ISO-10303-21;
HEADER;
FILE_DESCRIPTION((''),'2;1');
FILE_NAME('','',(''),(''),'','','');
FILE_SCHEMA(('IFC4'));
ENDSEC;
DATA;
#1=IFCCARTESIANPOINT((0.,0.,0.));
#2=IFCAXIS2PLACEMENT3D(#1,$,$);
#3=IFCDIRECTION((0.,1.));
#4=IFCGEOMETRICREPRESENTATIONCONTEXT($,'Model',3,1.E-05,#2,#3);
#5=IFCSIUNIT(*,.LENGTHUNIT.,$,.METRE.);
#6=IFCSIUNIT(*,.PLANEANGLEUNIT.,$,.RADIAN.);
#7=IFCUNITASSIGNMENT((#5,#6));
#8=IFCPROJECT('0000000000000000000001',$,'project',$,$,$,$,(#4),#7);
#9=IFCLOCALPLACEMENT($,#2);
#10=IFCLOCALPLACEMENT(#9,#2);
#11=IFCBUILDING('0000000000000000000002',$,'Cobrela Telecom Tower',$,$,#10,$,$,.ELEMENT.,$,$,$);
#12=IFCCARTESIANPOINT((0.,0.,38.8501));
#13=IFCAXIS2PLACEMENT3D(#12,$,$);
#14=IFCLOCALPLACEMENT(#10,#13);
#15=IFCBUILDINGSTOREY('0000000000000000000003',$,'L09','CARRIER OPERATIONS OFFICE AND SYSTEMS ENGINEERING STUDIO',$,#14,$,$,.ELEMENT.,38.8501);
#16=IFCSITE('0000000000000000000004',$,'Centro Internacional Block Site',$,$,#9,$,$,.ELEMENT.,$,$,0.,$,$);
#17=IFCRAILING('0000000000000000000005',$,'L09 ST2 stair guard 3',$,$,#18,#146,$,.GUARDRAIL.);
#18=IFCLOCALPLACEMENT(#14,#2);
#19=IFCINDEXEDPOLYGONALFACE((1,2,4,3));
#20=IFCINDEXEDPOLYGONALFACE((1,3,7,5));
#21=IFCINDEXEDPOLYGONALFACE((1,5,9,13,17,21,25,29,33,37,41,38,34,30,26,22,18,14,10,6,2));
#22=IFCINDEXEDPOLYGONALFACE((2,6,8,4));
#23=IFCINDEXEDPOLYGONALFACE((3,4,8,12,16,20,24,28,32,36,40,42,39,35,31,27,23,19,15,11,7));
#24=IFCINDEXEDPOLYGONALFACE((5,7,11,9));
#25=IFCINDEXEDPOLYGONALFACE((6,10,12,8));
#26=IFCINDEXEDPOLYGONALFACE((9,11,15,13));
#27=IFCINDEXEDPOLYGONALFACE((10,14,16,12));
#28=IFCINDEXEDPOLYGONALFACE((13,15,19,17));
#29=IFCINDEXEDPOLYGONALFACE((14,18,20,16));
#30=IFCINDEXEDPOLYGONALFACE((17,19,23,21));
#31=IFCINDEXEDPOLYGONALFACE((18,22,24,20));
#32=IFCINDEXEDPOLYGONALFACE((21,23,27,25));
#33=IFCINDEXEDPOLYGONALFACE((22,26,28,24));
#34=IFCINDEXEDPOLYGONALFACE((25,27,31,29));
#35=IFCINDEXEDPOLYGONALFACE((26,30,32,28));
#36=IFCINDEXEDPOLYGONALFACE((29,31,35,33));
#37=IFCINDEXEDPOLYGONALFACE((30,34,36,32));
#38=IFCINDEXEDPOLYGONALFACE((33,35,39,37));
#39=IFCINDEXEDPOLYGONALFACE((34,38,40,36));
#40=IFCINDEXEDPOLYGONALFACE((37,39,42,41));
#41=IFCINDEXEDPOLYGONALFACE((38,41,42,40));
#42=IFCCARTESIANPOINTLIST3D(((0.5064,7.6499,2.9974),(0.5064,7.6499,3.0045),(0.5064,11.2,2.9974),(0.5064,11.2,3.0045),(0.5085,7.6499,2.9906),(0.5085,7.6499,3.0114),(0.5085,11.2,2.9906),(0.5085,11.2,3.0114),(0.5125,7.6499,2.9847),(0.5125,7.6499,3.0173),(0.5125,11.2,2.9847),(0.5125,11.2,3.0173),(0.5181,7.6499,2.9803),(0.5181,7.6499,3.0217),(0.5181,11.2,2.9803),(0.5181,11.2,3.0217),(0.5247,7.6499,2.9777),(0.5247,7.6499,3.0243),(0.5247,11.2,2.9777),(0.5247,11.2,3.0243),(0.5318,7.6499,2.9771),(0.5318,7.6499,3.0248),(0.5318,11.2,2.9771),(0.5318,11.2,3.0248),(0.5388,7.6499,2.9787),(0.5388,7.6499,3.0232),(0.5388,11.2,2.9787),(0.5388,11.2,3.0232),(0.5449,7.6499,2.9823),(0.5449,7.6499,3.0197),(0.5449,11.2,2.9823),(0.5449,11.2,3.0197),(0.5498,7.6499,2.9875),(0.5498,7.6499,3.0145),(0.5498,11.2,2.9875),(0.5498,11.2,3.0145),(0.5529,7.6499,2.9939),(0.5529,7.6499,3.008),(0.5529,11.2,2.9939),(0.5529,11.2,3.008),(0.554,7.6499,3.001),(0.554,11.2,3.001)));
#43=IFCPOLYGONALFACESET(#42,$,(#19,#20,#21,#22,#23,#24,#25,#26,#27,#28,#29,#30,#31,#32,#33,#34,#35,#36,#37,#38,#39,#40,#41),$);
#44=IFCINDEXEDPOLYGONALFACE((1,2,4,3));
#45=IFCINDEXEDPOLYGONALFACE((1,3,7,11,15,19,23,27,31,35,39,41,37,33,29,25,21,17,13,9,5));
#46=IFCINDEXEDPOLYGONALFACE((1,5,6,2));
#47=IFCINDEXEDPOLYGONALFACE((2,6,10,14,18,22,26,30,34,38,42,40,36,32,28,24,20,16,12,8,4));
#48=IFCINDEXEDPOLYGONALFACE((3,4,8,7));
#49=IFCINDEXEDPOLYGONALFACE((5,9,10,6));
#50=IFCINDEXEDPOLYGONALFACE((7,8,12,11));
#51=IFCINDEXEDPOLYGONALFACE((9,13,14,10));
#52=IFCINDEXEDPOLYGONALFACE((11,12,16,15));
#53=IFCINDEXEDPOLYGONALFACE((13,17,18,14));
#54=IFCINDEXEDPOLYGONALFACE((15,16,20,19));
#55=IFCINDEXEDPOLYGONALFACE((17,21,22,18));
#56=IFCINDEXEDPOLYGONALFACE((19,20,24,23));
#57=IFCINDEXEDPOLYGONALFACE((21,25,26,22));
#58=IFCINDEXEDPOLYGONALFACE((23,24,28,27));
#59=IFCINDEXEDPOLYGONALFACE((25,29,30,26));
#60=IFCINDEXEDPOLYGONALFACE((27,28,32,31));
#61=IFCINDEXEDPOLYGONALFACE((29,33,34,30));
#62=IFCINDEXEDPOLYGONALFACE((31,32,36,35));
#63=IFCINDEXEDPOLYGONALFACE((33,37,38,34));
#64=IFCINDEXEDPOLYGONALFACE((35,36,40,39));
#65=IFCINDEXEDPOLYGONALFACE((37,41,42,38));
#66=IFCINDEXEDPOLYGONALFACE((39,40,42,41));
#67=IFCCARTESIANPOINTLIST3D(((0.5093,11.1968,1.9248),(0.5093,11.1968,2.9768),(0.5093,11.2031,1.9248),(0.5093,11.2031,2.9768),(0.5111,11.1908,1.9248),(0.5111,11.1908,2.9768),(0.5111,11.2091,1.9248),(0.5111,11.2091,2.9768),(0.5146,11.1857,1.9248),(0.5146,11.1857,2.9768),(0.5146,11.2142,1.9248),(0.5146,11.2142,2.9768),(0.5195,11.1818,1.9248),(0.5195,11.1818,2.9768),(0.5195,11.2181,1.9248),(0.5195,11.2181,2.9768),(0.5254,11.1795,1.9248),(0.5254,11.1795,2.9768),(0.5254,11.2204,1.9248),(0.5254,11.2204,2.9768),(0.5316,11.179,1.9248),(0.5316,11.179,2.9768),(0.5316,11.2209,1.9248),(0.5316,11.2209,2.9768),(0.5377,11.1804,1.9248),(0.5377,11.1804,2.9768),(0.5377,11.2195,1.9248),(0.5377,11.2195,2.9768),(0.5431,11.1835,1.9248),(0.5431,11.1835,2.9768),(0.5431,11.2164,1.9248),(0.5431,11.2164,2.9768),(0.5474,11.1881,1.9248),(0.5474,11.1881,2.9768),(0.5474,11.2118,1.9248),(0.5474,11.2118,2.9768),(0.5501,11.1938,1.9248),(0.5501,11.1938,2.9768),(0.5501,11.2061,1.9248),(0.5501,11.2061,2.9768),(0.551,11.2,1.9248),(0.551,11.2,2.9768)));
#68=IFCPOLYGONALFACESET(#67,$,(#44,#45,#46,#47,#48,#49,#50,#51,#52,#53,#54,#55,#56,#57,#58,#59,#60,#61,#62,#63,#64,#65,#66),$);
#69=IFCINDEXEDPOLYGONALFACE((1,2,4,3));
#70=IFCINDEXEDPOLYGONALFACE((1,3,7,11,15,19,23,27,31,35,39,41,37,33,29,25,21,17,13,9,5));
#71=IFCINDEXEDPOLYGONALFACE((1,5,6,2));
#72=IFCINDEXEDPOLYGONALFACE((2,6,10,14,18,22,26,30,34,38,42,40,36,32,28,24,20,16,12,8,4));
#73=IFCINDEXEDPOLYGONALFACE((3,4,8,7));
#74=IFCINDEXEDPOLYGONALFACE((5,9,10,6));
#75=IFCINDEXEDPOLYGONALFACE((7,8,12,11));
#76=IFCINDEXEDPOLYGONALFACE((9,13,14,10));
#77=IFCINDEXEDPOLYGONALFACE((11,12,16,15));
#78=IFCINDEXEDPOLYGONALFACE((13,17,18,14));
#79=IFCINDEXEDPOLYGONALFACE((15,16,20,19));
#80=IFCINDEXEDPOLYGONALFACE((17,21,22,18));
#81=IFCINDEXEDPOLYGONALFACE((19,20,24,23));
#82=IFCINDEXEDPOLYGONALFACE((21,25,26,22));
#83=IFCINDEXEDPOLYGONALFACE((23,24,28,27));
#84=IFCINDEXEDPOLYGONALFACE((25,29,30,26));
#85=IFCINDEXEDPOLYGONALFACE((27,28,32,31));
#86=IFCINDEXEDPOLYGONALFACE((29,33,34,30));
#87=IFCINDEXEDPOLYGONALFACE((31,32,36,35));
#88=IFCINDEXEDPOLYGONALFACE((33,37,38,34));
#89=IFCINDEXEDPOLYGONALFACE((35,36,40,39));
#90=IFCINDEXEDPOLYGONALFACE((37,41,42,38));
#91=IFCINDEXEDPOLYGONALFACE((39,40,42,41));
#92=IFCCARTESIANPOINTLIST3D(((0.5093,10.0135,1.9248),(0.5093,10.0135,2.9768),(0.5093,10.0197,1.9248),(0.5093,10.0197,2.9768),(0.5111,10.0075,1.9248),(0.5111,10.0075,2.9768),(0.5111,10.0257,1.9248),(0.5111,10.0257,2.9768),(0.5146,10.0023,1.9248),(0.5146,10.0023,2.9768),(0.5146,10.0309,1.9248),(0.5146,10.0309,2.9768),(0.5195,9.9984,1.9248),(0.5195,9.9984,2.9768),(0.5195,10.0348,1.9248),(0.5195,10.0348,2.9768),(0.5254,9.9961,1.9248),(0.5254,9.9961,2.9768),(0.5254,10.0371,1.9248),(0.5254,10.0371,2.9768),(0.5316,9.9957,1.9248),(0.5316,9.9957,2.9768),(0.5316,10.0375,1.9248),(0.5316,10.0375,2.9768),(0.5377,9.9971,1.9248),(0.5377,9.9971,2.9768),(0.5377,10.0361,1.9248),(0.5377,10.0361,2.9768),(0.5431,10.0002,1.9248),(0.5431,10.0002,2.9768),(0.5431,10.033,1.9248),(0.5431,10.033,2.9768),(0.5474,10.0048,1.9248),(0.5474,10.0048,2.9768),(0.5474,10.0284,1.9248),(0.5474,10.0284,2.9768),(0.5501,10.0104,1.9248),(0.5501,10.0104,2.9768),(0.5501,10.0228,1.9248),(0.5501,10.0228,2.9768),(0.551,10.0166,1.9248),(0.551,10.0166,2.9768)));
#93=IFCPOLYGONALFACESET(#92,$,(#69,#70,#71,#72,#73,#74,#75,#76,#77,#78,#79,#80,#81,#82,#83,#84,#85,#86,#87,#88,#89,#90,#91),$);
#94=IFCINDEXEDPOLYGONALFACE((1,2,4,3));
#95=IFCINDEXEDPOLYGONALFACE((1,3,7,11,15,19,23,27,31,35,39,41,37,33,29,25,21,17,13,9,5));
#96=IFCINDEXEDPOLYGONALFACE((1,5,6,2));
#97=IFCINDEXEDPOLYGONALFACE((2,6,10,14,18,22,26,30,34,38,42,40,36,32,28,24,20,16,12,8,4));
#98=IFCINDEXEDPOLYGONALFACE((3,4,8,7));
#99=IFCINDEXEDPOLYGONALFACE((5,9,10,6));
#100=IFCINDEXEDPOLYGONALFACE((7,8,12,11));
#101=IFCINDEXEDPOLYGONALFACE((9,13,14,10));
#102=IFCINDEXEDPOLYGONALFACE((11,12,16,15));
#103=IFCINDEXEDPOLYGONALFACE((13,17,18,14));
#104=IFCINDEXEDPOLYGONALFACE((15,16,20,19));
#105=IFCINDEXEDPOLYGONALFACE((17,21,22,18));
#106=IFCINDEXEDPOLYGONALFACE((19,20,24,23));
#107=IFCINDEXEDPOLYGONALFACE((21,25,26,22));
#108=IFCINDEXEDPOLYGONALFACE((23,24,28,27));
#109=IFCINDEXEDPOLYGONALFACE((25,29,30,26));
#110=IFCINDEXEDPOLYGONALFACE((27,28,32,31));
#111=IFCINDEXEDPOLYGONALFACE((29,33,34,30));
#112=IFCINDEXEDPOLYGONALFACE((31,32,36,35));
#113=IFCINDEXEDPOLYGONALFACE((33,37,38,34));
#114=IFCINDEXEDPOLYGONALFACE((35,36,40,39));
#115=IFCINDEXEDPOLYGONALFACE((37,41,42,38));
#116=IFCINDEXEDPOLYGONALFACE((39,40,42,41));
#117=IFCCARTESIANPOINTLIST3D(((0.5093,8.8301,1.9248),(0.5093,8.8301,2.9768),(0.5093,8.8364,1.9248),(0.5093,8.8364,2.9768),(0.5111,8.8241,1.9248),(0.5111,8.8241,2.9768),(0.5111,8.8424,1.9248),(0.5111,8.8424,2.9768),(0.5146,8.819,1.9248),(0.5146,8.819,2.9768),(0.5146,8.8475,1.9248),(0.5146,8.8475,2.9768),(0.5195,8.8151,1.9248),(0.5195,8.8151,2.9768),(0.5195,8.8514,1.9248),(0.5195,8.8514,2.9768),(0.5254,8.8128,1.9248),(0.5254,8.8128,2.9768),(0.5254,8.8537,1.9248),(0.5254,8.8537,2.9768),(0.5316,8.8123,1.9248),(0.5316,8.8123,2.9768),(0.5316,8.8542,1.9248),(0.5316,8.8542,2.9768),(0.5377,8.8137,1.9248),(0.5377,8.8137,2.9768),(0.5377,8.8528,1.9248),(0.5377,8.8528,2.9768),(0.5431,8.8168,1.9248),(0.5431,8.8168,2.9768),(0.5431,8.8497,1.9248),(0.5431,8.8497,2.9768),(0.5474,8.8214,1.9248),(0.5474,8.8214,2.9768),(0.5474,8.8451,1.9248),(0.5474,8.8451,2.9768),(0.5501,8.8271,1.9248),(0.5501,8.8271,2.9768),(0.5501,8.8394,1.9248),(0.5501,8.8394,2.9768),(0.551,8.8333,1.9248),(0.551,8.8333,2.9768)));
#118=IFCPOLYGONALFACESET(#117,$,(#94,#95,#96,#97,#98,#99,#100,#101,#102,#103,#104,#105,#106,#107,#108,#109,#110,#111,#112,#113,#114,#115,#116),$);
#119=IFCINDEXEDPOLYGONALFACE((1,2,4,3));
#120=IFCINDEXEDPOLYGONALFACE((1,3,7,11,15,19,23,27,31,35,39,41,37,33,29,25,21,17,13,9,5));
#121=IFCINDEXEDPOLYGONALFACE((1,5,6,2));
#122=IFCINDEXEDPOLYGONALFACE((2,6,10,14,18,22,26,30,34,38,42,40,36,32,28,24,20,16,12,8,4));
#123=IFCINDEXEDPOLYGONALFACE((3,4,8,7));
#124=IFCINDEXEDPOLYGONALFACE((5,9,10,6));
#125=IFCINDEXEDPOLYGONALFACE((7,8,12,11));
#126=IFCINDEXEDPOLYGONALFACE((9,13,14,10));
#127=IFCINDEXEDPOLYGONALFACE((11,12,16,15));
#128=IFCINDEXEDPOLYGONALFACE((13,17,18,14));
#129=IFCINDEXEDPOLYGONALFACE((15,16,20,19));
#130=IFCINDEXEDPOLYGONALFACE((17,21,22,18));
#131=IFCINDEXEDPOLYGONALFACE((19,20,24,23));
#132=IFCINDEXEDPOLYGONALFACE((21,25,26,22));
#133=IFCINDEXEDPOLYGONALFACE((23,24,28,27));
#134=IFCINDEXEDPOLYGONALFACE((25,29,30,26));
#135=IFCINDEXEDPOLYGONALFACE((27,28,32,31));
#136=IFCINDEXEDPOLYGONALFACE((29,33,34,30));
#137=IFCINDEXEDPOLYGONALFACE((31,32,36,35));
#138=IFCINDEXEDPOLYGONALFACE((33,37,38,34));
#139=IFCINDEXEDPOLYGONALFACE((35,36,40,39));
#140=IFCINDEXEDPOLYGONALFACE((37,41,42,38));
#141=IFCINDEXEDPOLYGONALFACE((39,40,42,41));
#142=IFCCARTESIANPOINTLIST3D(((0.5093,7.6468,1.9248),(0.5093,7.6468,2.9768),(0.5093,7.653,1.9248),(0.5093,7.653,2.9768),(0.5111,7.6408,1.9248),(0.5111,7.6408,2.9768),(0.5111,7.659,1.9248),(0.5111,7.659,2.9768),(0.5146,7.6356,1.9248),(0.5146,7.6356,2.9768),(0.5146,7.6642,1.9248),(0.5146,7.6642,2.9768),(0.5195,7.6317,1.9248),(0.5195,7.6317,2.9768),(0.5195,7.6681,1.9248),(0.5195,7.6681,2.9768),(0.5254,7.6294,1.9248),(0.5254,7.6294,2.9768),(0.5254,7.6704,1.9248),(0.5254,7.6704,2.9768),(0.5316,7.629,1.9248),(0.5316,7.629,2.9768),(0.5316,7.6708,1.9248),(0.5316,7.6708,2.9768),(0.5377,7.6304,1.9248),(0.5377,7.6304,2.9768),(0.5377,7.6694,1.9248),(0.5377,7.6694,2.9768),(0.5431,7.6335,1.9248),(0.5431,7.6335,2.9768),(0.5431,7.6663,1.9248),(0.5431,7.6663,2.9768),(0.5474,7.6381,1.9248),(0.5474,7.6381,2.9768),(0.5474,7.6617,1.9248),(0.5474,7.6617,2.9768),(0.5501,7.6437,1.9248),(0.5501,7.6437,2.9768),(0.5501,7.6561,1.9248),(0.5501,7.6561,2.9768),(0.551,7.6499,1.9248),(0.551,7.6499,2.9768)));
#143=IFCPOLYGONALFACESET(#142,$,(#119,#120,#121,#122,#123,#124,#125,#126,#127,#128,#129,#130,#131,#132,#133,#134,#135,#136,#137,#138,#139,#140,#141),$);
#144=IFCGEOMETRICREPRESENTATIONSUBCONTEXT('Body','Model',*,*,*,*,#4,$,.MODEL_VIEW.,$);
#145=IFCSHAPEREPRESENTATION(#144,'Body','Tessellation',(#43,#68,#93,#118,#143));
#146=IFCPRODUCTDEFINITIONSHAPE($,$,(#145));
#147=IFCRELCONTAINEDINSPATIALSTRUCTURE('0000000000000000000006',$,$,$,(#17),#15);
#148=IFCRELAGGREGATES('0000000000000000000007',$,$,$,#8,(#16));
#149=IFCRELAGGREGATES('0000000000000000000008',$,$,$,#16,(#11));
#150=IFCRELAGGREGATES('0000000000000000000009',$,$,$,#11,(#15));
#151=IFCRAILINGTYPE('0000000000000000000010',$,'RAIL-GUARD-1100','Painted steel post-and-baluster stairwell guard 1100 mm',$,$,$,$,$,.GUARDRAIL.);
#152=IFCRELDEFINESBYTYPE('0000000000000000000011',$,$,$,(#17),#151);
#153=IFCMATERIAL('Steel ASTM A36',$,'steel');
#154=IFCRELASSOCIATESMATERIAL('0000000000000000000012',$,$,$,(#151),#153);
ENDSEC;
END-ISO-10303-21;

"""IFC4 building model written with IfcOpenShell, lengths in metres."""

from ifc_helpers import new_model, si_unit, direction, frame, origin, origin_2d, place, context, subcontext, project, spatial, circle, extrude, material, type_object, element, save


model = new_model("IFC4")

# Units and contexts
model_context = context("Model", 3, precision=1e-05, world=origin(), true_north=direction((0.0, 1.0)))
body_context = subcontext(model_context, "Body", "Model", "MODEL_VIEW")
ifc_project = project(units=[si_unit("LENGTHUNIT", "METRE"), si_unit("PLANEANGLEUNIT", "RADIAN")], contexts=[model_context])

# Site, building, storey
site_placement = place(None, origin())
site = spatial("IfcSite", under=ifc_project, at=site_placement, Name="Centro Internacional Block Site", CompositionType="ELEMENT", RefElevation=0.0)
building_placement = place(site_placement, origin())
building = spatial("IfcBuilding", under=site, at=building_placement, Name="Cobrela Telecom Tower", CompositionType="ELEMENT")
storey_placement = place(building_placement, frame((0.0, 0.0, 38.8501)))
storey = spatial("IfcBuildingStorey", under=building, at=storey_placement, Name="L09", Description="CARRIER OPERATIONS OFFICE AND SYSTEMS ENGINEERING STUDIO", CompositionType="ELEMENT", Elevation=38.8501)

# Railing
ifc_material_1 = material(Name="Steel ASTM A36", Category="steel")
railing_type_1 = type_object("IfcRailingType", Name="RAIL-GUARD-1100", Description="Painted steel post-and-baluster stairwell guard 1100 mm", PredefinedType="GUARDRAIL", material=ifc_material_1)
railing_1_placement = place(storey_placement, frame((0.53, 11.2, 1.9248)))
element("IfcRailing", 1, at=railing_1_placement, inside=storey, type_object=railing_type_1, Name="L09 ST2 stair guard 3", PredefinedType="GUARDRAIL", context=body_context, shape_type="SweptSolid", body=[
    extrude(circle(Radius=0.0239, at=origin_2d()), frame((0.0, 0.0, 1.0762), z_axis=(0.0, -1.0, 0.0), x_axis=(1.0, 0.0, 0.0)), (0.0, 0.0, 1.0), 3.55),
    extrude(circle(Radius=0.021, at=origin_2d()), origin(), (0.0, 0.0, 1.0), 1.052),
    extrude(circle(Radius=0.021, at=origin_2d()), frame((0.0, -1.1833, 0.0)), (0.0, 0.0, 1.0), 1.052),
    extrude(circle(Radius=0.021, at=origin_2d()), frame((0.0, -2.3667, 0.0)), (0.0, 0.0, 1.0), 1.052),
    extrude(circle(Radius=0.021, at=origin_2d()), frame((0.0, -3.55, 0.0)), (0.0, 0.0, 1.0), 1.052),
])

save(model, "model.ifc")
